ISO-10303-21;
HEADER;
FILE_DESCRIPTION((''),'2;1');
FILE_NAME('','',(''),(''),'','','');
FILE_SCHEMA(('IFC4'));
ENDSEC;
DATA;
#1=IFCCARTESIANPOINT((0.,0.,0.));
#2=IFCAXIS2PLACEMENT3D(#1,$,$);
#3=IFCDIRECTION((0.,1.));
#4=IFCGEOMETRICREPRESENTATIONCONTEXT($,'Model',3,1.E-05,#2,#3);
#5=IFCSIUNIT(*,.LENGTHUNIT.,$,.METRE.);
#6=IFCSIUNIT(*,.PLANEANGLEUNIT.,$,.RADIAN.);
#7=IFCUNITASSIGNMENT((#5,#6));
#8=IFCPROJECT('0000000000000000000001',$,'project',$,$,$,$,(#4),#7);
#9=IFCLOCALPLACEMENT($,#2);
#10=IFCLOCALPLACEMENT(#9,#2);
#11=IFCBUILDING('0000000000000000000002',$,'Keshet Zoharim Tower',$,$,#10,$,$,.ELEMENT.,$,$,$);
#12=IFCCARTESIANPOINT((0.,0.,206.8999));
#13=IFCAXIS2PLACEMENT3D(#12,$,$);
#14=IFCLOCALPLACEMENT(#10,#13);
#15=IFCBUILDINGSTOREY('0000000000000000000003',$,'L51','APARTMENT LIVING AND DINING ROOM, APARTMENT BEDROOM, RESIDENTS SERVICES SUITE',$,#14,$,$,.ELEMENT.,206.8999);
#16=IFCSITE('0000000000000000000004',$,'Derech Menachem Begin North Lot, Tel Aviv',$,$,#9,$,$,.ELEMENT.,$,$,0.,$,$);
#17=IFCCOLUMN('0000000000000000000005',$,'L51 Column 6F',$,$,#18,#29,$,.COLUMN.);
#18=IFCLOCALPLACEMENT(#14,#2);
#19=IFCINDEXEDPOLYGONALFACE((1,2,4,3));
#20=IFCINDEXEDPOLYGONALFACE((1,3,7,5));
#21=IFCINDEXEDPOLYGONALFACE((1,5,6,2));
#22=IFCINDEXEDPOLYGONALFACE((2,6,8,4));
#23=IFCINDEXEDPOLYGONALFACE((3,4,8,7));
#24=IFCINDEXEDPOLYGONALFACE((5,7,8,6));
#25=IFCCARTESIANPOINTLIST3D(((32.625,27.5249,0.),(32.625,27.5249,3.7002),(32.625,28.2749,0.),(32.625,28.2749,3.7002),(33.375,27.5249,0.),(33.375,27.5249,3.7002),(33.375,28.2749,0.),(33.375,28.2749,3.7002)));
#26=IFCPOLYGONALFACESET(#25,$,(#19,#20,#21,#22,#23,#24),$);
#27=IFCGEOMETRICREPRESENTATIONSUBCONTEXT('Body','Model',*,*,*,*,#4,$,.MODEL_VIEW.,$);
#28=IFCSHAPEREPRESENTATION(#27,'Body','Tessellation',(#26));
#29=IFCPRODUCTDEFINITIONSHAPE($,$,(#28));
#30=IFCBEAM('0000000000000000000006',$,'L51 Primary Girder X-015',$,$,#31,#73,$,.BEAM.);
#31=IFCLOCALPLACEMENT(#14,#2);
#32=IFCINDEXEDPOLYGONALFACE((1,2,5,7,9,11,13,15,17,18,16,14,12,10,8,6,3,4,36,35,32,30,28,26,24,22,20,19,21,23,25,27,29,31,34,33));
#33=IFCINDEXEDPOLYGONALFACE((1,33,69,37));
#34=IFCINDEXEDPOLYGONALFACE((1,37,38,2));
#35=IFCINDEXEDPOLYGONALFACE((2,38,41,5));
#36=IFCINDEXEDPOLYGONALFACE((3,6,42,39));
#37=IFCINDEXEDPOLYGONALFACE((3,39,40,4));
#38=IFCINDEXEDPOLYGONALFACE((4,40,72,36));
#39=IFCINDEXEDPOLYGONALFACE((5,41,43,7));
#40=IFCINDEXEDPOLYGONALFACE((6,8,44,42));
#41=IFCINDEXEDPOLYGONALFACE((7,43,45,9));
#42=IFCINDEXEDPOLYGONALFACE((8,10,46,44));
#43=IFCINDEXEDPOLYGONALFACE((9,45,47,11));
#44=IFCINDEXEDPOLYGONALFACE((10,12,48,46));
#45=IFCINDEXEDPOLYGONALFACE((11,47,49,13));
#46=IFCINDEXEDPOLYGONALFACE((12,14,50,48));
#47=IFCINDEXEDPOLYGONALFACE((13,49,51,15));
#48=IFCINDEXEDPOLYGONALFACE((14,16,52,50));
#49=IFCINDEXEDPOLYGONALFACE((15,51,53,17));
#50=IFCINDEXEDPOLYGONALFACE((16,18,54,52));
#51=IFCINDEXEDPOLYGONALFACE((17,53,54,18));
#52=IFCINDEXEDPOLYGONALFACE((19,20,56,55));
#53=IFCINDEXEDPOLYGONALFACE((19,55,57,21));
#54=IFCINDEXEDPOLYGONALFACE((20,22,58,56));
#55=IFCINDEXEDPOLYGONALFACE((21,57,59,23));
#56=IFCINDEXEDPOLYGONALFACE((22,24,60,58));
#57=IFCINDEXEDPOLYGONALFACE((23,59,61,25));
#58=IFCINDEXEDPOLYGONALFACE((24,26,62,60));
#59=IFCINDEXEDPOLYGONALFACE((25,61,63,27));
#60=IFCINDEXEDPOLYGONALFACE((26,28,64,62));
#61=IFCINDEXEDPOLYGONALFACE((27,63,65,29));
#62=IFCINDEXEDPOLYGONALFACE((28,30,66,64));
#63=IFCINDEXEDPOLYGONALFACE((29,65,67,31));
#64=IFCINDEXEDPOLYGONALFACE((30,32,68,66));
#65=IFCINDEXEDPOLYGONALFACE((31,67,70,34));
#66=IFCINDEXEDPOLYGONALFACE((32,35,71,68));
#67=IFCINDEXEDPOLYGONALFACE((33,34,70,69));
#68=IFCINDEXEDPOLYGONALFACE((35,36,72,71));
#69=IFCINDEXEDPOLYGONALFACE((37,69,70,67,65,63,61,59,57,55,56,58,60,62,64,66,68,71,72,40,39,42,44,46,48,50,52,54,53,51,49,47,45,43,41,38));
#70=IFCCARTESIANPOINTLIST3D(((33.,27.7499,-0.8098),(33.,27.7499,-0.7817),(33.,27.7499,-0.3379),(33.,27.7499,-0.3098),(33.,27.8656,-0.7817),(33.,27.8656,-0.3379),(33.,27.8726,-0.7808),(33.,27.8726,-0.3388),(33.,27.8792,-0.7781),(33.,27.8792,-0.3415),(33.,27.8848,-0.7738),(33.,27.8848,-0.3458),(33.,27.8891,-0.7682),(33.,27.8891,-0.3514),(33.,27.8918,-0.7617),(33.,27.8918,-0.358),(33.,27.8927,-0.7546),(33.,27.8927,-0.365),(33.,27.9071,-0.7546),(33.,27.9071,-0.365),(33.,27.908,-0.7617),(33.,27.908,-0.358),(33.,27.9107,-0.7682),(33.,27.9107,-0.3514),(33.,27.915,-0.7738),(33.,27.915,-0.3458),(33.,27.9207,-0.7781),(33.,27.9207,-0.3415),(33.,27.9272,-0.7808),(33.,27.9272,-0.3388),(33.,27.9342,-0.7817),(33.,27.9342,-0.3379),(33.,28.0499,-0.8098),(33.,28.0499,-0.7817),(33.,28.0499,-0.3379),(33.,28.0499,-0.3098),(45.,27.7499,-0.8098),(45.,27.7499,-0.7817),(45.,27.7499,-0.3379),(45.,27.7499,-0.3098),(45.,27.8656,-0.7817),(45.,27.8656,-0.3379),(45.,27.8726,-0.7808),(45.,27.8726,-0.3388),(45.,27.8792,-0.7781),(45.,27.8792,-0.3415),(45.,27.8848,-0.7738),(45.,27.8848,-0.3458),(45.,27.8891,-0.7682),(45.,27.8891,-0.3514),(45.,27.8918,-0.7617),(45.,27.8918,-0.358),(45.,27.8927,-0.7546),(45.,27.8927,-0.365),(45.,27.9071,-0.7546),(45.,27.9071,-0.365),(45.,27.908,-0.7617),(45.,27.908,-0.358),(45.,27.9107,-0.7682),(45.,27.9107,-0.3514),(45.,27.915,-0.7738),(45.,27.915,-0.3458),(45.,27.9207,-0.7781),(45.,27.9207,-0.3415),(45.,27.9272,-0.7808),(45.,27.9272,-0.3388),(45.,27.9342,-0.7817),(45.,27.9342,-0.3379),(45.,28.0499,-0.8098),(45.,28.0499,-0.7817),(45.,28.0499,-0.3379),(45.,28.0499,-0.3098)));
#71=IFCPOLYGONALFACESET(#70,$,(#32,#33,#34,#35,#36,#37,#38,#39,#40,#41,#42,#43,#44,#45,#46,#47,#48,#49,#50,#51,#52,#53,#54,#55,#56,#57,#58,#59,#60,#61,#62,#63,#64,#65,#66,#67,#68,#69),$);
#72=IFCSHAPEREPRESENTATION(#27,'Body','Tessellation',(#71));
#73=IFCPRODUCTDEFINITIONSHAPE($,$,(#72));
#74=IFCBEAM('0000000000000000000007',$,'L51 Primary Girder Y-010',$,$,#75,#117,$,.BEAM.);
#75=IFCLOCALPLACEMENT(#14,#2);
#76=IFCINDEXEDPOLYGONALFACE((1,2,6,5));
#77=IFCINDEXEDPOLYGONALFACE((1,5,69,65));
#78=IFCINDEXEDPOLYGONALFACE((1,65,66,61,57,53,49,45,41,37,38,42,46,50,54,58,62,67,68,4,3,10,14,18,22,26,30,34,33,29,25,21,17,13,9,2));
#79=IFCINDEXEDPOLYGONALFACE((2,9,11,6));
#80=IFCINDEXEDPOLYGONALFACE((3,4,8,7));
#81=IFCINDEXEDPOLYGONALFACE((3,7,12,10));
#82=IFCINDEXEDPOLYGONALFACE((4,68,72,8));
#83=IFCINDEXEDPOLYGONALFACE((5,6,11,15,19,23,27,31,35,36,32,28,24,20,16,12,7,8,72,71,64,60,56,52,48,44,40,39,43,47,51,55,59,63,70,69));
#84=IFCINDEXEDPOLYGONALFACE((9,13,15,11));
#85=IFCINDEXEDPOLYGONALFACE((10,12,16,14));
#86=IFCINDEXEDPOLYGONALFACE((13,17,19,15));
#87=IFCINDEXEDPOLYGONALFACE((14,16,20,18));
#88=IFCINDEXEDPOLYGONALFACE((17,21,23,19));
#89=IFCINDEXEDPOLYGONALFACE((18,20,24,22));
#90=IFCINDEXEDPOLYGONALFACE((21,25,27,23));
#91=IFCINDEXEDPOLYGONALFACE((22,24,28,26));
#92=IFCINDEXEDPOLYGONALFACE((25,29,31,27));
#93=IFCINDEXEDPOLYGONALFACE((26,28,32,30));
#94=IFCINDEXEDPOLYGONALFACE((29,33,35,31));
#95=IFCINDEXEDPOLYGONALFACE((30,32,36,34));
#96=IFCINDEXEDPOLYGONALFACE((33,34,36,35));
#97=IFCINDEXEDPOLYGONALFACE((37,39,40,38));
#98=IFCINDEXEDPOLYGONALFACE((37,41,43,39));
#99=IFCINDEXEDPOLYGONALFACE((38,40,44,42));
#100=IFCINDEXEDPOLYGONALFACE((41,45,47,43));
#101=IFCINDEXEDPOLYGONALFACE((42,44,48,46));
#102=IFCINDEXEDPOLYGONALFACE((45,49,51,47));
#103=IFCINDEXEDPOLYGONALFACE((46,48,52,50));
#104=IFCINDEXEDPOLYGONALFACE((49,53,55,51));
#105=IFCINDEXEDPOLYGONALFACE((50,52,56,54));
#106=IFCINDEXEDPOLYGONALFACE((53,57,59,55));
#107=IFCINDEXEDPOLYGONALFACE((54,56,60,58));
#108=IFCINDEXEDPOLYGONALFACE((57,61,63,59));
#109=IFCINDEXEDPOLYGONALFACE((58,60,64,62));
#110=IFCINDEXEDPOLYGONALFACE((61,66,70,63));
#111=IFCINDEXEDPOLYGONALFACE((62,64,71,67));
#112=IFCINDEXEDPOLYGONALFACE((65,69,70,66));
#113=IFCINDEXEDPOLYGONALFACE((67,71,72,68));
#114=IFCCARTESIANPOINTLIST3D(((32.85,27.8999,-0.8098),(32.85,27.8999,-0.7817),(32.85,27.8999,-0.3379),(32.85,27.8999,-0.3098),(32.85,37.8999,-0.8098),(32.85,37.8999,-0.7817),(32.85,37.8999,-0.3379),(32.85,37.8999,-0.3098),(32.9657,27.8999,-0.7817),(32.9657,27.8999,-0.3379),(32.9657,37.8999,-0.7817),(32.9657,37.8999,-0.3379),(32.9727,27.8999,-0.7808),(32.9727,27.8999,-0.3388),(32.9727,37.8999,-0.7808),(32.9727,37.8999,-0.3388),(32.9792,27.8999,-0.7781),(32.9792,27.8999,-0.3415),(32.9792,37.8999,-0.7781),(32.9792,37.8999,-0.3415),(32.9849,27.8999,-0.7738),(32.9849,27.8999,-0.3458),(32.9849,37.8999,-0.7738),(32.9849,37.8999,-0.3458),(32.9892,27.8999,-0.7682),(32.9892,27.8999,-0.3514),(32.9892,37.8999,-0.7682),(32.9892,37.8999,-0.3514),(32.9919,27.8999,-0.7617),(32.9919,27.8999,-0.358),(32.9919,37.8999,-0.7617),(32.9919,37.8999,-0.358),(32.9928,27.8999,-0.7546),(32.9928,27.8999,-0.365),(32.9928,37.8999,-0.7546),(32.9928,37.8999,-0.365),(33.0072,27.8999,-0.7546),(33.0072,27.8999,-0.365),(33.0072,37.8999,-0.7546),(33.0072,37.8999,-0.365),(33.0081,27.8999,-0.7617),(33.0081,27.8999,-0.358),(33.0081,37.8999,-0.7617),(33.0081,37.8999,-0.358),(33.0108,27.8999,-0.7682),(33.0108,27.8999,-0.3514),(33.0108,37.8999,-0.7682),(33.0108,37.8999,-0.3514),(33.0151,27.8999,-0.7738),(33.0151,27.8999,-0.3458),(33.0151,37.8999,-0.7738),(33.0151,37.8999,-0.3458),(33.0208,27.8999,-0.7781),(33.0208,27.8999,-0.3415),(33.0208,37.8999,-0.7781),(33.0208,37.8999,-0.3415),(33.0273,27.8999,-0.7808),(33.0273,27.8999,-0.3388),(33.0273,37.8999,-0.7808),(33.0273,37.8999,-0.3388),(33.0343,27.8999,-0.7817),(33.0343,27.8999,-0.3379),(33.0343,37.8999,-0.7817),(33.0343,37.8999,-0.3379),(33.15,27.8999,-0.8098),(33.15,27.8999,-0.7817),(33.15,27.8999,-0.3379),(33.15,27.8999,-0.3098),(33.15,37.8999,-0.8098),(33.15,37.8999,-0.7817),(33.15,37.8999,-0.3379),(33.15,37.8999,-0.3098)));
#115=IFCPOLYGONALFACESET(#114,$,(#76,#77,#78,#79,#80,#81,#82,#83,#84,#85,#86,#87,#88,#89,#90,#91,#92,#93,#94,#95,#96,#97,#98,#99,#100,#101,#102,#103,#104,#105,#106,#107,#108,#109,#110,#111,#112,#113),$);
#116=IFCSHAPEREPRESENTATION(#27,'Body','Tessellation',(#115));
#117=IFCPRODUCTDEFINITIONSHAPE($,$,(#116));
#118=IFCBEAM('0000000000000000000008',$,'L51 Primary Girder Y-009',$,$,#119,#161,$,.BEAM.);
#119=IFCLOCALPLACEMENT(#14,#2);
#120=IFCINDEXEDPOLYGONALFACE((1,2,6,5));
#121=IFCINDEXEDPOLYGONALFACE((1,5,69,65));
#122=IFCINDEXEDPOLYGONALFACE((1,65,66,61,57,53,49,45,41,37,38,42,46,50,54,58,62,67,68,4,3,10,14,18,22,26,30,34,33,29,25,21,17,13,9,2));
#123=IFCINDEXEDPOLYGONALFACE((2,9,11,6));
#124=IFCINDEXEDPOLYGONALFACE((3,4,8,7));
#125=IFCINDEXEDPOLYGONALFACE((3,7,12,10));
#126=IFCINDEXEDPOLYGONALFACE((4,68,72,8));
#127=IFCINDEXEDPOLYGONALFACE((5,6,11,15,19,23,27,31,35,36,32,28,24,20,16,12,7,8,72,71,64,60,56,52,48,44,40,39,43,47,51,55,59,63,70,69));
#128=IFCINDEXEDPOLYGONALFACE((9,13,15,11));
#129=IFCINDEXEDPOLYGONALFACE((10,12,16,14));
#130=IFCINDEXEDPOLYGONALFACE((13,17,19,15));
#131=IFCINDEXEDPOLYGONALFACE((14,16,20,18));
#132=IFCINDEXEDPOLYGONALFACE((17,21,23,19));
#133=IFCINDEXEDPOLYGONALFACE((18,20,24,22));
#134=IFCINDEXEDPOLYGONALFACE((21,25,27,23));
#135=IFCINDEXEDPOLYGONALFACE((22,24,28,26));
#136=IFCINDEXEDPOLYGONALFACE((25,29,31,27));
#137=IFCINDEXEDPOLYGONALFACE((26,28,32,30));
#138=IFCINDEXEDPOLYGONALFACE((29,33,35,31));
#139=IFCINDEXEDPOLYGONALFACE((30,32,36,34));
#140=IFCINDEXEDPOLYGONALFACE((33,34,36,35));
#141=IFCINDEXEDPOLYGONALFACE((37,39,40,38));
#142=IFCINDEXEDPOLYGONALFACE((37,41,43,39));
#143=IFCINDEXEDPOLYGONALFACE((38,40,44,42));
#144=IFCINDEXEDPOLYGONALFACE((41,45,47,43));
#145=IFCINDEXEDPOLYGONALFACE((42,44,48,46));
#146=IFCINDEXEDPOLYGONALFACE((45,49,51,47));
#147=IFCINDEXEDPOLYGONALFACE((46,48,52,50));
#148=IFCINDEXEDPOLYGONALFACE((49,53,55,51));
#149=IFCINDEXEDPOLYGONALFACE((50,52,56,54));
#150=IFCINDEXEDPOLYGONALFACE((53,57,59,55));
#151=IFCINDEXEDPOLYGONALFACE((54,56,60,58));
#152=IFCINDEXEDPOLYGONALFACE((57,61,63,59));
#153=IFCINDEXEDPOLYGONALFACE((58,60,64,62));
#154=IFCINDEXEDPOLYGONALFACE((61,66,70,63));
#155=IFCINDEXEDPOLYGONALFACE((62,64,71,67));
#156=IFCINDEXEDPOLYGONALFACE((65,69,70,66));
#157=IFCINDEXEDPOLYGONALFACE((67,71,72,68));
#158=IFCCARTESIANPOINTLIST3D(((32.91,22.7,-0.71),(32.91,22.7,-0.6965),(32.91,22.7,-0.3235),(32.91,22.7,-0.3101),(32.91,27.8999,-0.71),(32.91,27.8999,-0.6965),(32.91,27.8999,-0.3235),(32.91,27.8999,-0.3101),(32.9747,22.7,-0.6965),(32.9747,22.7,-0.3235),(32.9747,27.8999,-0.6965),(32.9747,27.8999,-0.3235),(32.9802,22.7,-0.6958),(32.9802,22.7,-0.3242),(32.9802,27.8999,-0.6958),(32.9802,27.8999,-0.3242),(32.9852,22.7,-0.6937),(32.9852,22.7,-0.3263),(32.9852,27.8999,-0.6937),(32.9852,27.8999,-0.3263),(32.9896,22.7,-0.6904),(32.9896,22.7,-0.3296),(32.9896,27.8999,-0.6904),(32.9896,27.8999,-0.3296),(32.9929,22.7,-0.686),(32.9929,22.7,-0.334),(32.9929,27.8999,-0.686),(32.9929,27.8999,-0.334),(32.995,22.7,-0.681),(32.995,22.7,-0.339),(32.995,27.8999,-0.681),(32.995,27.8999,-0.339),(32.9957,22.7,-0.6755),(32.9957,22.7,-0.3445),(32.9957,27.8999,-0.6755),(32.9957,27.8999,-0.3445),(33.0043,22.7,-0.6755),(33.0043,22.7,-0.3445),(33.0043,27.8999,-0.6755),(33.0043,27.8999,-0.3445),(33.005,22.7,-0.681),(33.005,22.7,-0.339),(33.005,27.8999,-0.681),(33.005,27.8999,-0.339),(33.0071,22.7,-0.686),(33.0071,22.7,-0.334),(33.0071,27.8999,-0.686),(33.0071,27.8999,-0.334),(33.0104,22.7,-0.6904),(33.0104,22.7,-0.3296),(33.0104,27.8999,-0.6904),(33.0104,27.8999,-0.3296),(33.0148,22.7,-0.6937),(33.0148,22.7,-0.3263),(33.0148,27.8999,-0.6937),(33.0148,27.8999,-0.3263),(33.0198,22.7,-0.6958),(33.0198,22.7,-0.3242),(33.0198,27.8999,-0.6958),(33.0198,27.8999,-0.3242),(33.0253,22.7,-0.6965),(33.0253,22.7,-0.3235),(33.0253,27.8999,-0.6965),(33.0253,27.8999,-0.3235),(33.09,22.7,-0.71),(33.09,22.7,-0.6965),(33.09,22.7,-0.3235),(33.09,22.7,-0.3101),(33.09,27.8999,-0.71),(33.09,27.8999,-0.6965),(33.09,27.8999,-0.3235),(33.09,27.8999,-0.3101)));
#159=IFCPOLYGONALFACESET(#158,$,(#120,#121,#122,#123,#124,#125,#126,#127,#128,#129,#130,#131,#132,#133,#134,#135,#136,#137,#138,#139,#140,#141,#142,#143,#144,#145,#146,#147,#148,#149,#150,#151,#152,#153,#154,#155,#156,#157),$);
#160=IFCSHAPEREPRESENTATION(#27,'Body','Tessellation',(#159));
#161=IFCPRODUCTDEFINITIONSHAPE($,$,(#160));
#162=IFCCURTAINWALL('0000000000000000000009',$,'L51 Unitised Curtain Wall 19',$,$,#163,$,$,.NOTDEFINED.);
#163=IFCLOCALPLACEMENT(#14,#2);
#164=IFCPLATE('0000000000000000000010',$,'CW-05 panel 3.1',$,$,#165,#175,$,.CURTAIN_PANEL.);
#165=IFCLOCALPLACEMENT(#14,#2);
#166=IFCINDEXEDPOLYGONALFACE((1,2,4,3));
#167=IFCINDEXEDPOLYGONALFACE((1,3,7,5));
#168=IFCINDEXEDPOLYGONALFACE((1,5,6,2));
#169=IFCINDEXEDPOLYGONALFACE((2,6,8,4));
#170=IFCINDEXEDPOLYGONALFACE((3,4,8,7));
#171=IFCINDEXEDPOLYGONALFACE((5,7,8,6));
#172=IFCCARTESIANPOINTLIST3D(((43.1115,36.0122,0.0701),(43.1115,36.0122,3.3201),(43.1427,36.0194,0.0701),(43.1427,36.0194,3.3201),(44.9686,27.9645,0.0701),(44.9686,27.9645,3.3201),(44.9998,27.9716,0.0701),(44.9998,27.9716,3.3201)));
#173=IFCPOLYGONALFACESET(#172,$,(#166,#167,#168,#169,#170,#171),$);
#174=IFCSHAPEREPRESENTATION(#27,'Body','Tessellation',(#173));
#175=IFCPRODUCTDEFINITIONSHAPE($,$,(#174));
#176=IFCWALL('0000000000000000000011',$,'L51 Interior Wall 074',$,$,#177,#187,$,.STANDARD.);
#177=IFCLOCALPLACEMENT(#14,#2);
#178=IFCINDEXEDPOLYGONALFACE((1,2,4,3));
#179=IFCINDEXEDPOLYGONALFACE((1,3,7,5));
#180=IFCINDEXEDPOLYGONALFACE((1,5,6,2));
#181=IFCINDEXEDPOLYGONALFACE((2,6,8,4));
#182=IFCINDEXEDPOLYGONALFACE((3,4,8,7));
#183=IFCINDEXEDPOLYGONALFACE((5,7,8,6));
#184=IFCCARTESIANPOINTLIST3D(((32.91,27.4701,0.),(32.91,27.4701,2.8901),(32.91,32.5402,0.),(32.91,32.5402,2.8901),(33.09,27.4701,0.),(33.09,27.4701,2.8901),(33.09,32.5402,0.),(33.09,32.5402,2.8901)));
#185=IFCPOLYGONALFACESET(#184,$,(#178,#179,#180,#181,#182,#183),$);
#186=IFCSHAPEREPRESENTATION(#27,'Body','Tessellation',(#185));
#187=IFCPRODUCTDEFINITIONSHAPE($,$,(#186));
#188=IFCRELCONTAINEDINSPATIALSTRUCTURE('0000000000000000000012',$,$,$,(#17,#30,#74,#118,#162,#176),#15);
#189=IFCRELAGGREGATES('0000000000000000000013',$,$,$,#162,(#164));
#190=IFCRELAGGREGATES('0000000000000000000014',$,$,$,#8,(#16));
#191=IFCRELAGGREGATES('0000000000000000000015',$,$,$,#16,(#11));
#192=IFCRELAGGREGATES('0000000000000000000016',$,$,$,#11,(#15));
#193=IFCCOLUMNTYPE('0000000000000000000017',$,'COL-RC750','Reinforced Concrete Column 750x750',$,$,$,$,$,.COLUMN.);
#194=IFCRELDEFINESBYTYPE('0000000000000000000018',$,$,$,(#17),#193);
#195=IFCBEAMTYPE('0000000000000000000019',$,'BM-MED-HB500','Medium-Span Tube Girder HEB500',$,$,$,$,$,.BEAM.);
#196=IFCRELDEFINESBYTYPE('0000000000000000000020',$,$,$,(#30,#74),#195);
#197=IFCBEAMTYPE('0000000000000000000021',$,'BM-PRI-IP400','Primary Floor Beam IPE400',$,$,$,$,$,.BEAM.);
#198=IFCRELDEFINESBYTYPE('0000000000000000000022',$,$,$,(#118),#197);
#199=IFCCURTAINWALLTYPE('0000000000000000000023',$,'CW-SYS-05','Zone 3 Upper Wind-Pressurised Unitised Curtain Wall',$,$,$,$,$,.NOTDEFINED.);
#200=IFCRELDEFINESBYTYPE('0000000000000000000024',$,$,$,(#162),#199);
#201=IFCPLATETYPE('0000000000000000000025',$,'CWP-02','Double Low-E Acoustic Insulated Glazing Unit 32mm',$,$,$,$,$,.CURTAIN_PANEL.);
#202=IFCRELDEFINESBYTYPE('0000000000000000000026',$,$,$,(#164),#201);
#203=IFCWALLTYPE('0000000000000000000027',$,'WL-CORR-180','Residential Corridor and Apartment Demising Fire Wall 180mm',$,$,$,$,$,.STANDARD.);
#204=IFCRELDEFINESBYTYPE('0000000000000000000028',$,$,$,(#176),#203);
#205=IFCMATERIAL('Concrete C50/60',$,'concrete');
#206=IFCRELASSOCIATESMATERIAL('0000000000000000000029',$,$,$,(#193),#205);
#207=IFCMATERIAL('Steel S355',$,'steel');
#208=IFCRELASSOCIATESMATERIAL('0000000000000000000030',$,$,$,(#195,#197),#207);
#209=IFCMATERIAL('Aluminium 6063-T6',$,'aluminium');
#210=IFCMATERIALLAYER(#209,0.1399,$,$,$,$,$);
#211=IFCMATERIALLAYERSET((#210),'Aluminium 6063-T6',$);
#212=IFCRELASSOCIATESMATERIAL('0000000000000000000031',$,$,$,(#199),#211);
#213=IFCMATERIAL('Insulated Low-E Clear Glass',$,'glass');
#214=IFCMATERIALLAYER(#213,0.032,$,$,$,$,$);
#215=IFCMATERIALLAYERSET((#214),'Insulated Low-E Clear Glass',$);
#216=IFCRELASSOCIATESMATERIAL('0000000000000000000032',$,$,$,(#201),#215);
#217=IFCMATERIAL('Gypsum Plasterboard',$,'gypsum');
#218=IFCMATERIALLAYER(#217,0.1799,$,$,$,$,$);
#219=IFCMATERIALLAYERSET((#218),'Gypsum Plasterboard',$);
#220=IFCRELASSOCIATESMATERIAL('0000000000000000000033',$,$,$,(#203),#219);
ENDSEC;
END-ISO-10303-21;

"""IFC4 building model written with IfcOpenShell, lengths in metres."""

from ifc_helpers import new_model, si_unit, direction, frame, frame_2d, origin, origin_2d, place, context, subcontext, project, spatial, rectangle, i_section, extrude, material, layer, layer_set, material_profile, profile_set, type_object, element, aggregate, save


model = new_model("IFC4")

# Units and contexts
model_context = context("Model", 3, precision=1e-05, world=origin(), true_north=direction((0.0, 1.0)))
body_context = subcontext(model_context, "Body", "Model", "MODEL_VIEW")
ifc_project = project(units=[si_unit("LENGTHUNIT", "METRE"), si_unit("PLANEANGLEUNIT", "RADIAN")], contexts=[model_context])

# Site, building, storey
site_placement = place(None, origin())
site = spatial("IfcSite", under=ifc_project, at=site_placement, Name="Derech Menachem Begin North Lot, Tel Aviv", CompositionType="ELEMENT", RefElevation=0.0)
building_placement = place(site_placement, origin())
building = spatial("IfcBuilding", under=site, at=building_placement, Name="Keshet Zoharim Tower", CompositionType="ELEMENT")
storey_placement = place(building_placement, frame((0.0, 0.0, 206.8999)))
storey = spatial("IfcBuildingStorey", under=building, at=storey_placement, Name="L51", Description="APARTMENT LIVING AND DINING ROOM, APARTMENT BEDROOM, RESIDENTS SERVICES SUITE", CompositionType="ELEMENT", Elevation=206.8999)

# Column
ifc_material_1 = material(Name="Concrete C50/60", Category="concrete")
ifc_material_profile_1 = material_profile(ifc_material_1, rectangle(XDim=0.75, YDim=0.75, at=origin_2d()), Name="RC750x750")
ifc_profile_set_1 = profile_set([ifc_material_profile_1], Name="Concrete C50/60")
column_type = type_object("IfcColumnType", Name="COL-RC750", Description="Reinforced Concrete Column 750x750", PredefinedType="COLUMN", material=ifc_profile_set_1)
column_placement = place(storey_placement, frame((33.0, 27.8999, 0.0), z_axis=(0.0, 0.0, 1.0), x_axis=(1.0, 0.0, 0.0)))
element("IfcColumn", 1, at=column_placement, inside=storey, type_object=column_type, Name="L51 Column 6F", PredefinedType="COLUMN", context=body_context, shape_type="SweptSolid", body=[
    extrude(rectangle(XDim=0.75, YDim=0.75, at=origin_2d()), origin(), (0.0, 0.0, 1.0), 3.7002),
])

# Beams
ifc_material_2 = material(Name="Steel S355", Category="steel")
ifc_material_profile_2 = material_profile(ifc_material_2, i_section(OverallWidth=0.3, OverallDepth=0.5, WebThickness=0.0144, FlangeThickness=0.0281, FilletRadius=0.0271, at=origin_2d()), Name="HEB500")
ifc_profile_set_2 = profile_set([ifc_material_profile_2], Name="Steel S355")
beam_type_1 = type_object("IfcBeamType", Name="BM-MED-HB500", Description="Medium-Span Tube Girder HEB500", PredefinedType="BEAM", material=ifc_profile_set_2)
beam_1_placement = place(storey_placement, frame((33.0, 27.8999, -0.5598), z_axis=(1.0, 0.0, 0.0), x_axis=(0.0, 1.0, 0.0)))
element("IfcBeam", 2, at=beam_1_placement, inside=storey, type_object=beam_type_1, Name="L51 Primary Girder X-015", PredefinedType="BEAM", context=body_context, shape_type="SweptSolid", body=[
    extrude(i_section(OverallWidth=0.3, OverallDepth=0.5, WebThickness=0.0144, FlangeThickness=0.0281, FilletRadius=0.0271, at=origin_2d()), origin(), (0.0, 0.0, 1.0), 12.0),
])
beam_2_placement = place(storey_placement, frame((33.0, 27.8999, -0.5598), z_axis=(0.0, 1.0, 0.0), x_axis=(-1.0, 0.0, 0.0)))
element("IfcBeam", 3, at=beam_2_placement, inside=storey, type_object=beam_type_1, Name="L51 Primary Girder Y-010", PredefinedType="BEAM", context=body_context, shape_type="SweptSolid", body=[
    extrude(i_section(OverallWidth=0.3, OverallDepth=0.5, WebThickness=0.0144, FlangeThickness=0.0281, FilletRadius=0.0271, at=origin_2d()), origin(), (0.0, 0.0, 1.0), 10.0),
])
ifc_material_profile_3 = material_profile(ifc_material_2, i_section(OverallWidth=0.1799, OverallDepth=0.3999, WebThickness=0.0085, FlangeThickness=0.0134, FilletRadius=0.021, at=origin_2d()), Name="IPE400")
ifc_profile_set_3 = profile_set([ifc_material_profile_3], Name="Steel S355")
beam_type_2 = type_object("IfcBeamType", Name="BM-PRI-IP400", Description="Primary Floor Beam IPE400", PredefinedType="BEAM", material=ifc_profile_set_3)
beam_3_placement = place(storey_placement, frame((33.0, 22.7, -0.51), z_axis=(0.0, 1.0, 0.0), x_axis=(-1.0, 0.0, 0.0)))
element("IfcBeam", 4, at=beam_3_placement, inside=storey, type_object=beam_type_2, Name="L51 Primary Girder Y-009", PredefinedType="BEAM", context=body_context, shape_type="SweptSolid", body=[
    extrude(i_section(OverallWidth=0.1799, OverallDepth=0.3999, WebThickness=0.0085, FlangeThickness=0.0134, FilletRadius=0.021, at=origin_2d()), origin(), (0.0, 0.0, 1.0), 5.2),
])

# Curtain wall, plate
ifc_material_3 = material(Name="Aluminium 6063-T6", Category="aluminium")
ifc_layer_1 = layer(ifc_material_3, 0.1399)
ifc_layer_set_1 = layer_set([ifc_layer_1], Name="Aluminium 6063-T6")
curtain_wall_type = type_object("IfcCurtainWallType", Name="CW-SYS-05", Description="Zone 3 Upper Wind-Pressurised Unitised Curtain Wall", PredefinedType="NOTDEFINED", material=ifc_layer_set_1)
curtain_wall_placement = place(storey_placement, origin())
curtain_wall = element("IfcCurtainWall", 5, at=curtain_wall_placement, inside=storey, type_object=curtain_wall_type, Name="L51 Unitised Curtain Wall 19", PredefinedType="NOTDEFINED")
ifc_material_4 = material(Name="Insulated Low-E Clear Glass", Category="glass")
ifc_layer_2 = layer(ifc_material_4, 0.032)
ifc_layer_set_2 = layer_set([ifc_layer_2], Name="Insulated Low-E Clear Glass")
plate_type = type_object("IfcPlateType", Name="CWP-02", Description="Double Low-E Acoustic Insulated Glazing Unit 32mm", PredefinedType="CURTAIN_PANEL", material=ifc_layer_set_2)
plate_placement = place(storey_placement, frame((44.0557, 31.9919, 0.0701), z_axis=(0.0, 0.0, 1.0), x_axis=(0.224848, -0.974394, 0.0)))
plate = element("IfcPlate", 6, at=plate_placement, type_object=plate_type, Name="CW-05 panel 3.1", PredefinedType="CURTAIN_PANEL", context=body_context, shape_type="SweptSolid", body=[
    extrude(rectangle(XDim=8.2593, YDim=0.032, at=origin_2d()), origin(), (0.0, 0.0, 1.0), 3.25),
])
aggregate(curtain_wall, [plate])

# Shared definitions
ifc_material_5 = material(Name="Gypsum Plasterboard", Category="gypsum")
ifc_layer_3 = layer(ifc_material_5, 0.1799)
ifc_layer_set_3 = layer_set([ifc_layer_3], Name="Gypsum Plasterboard")
wall_type_1 = type_object("IfcWallType", Name="WL-CORR-180", Description="Residential Corridor and Apartment Demising Fire Wall 180mm", PredefinedType="STANDARD", material=ifc_layer_set_3)

# Wall
wall_1_placement = place(storey_placement, frame((33.0, 27.47, 0.0), z_axis=(0.0, 0.0, 1.0), x_axis=(0.0, 1.0, 0.0)))
element("IfcWall", 7, at=wall_1_placement, inside=storey, type_object=wall_type_1, Name="L51 Interior Wall 074", PredefinedType="STANDARD", context=body_context, shape_type="SweptSolid", body=[
    extrude(rectangle(XDim=5.0701, YDim=0.1799, at=frame_2d((2.5352, 0.0))), origin(), (0.0, 0.0, 1.0), 2.8901),
])

save(model, "model.ifc")
